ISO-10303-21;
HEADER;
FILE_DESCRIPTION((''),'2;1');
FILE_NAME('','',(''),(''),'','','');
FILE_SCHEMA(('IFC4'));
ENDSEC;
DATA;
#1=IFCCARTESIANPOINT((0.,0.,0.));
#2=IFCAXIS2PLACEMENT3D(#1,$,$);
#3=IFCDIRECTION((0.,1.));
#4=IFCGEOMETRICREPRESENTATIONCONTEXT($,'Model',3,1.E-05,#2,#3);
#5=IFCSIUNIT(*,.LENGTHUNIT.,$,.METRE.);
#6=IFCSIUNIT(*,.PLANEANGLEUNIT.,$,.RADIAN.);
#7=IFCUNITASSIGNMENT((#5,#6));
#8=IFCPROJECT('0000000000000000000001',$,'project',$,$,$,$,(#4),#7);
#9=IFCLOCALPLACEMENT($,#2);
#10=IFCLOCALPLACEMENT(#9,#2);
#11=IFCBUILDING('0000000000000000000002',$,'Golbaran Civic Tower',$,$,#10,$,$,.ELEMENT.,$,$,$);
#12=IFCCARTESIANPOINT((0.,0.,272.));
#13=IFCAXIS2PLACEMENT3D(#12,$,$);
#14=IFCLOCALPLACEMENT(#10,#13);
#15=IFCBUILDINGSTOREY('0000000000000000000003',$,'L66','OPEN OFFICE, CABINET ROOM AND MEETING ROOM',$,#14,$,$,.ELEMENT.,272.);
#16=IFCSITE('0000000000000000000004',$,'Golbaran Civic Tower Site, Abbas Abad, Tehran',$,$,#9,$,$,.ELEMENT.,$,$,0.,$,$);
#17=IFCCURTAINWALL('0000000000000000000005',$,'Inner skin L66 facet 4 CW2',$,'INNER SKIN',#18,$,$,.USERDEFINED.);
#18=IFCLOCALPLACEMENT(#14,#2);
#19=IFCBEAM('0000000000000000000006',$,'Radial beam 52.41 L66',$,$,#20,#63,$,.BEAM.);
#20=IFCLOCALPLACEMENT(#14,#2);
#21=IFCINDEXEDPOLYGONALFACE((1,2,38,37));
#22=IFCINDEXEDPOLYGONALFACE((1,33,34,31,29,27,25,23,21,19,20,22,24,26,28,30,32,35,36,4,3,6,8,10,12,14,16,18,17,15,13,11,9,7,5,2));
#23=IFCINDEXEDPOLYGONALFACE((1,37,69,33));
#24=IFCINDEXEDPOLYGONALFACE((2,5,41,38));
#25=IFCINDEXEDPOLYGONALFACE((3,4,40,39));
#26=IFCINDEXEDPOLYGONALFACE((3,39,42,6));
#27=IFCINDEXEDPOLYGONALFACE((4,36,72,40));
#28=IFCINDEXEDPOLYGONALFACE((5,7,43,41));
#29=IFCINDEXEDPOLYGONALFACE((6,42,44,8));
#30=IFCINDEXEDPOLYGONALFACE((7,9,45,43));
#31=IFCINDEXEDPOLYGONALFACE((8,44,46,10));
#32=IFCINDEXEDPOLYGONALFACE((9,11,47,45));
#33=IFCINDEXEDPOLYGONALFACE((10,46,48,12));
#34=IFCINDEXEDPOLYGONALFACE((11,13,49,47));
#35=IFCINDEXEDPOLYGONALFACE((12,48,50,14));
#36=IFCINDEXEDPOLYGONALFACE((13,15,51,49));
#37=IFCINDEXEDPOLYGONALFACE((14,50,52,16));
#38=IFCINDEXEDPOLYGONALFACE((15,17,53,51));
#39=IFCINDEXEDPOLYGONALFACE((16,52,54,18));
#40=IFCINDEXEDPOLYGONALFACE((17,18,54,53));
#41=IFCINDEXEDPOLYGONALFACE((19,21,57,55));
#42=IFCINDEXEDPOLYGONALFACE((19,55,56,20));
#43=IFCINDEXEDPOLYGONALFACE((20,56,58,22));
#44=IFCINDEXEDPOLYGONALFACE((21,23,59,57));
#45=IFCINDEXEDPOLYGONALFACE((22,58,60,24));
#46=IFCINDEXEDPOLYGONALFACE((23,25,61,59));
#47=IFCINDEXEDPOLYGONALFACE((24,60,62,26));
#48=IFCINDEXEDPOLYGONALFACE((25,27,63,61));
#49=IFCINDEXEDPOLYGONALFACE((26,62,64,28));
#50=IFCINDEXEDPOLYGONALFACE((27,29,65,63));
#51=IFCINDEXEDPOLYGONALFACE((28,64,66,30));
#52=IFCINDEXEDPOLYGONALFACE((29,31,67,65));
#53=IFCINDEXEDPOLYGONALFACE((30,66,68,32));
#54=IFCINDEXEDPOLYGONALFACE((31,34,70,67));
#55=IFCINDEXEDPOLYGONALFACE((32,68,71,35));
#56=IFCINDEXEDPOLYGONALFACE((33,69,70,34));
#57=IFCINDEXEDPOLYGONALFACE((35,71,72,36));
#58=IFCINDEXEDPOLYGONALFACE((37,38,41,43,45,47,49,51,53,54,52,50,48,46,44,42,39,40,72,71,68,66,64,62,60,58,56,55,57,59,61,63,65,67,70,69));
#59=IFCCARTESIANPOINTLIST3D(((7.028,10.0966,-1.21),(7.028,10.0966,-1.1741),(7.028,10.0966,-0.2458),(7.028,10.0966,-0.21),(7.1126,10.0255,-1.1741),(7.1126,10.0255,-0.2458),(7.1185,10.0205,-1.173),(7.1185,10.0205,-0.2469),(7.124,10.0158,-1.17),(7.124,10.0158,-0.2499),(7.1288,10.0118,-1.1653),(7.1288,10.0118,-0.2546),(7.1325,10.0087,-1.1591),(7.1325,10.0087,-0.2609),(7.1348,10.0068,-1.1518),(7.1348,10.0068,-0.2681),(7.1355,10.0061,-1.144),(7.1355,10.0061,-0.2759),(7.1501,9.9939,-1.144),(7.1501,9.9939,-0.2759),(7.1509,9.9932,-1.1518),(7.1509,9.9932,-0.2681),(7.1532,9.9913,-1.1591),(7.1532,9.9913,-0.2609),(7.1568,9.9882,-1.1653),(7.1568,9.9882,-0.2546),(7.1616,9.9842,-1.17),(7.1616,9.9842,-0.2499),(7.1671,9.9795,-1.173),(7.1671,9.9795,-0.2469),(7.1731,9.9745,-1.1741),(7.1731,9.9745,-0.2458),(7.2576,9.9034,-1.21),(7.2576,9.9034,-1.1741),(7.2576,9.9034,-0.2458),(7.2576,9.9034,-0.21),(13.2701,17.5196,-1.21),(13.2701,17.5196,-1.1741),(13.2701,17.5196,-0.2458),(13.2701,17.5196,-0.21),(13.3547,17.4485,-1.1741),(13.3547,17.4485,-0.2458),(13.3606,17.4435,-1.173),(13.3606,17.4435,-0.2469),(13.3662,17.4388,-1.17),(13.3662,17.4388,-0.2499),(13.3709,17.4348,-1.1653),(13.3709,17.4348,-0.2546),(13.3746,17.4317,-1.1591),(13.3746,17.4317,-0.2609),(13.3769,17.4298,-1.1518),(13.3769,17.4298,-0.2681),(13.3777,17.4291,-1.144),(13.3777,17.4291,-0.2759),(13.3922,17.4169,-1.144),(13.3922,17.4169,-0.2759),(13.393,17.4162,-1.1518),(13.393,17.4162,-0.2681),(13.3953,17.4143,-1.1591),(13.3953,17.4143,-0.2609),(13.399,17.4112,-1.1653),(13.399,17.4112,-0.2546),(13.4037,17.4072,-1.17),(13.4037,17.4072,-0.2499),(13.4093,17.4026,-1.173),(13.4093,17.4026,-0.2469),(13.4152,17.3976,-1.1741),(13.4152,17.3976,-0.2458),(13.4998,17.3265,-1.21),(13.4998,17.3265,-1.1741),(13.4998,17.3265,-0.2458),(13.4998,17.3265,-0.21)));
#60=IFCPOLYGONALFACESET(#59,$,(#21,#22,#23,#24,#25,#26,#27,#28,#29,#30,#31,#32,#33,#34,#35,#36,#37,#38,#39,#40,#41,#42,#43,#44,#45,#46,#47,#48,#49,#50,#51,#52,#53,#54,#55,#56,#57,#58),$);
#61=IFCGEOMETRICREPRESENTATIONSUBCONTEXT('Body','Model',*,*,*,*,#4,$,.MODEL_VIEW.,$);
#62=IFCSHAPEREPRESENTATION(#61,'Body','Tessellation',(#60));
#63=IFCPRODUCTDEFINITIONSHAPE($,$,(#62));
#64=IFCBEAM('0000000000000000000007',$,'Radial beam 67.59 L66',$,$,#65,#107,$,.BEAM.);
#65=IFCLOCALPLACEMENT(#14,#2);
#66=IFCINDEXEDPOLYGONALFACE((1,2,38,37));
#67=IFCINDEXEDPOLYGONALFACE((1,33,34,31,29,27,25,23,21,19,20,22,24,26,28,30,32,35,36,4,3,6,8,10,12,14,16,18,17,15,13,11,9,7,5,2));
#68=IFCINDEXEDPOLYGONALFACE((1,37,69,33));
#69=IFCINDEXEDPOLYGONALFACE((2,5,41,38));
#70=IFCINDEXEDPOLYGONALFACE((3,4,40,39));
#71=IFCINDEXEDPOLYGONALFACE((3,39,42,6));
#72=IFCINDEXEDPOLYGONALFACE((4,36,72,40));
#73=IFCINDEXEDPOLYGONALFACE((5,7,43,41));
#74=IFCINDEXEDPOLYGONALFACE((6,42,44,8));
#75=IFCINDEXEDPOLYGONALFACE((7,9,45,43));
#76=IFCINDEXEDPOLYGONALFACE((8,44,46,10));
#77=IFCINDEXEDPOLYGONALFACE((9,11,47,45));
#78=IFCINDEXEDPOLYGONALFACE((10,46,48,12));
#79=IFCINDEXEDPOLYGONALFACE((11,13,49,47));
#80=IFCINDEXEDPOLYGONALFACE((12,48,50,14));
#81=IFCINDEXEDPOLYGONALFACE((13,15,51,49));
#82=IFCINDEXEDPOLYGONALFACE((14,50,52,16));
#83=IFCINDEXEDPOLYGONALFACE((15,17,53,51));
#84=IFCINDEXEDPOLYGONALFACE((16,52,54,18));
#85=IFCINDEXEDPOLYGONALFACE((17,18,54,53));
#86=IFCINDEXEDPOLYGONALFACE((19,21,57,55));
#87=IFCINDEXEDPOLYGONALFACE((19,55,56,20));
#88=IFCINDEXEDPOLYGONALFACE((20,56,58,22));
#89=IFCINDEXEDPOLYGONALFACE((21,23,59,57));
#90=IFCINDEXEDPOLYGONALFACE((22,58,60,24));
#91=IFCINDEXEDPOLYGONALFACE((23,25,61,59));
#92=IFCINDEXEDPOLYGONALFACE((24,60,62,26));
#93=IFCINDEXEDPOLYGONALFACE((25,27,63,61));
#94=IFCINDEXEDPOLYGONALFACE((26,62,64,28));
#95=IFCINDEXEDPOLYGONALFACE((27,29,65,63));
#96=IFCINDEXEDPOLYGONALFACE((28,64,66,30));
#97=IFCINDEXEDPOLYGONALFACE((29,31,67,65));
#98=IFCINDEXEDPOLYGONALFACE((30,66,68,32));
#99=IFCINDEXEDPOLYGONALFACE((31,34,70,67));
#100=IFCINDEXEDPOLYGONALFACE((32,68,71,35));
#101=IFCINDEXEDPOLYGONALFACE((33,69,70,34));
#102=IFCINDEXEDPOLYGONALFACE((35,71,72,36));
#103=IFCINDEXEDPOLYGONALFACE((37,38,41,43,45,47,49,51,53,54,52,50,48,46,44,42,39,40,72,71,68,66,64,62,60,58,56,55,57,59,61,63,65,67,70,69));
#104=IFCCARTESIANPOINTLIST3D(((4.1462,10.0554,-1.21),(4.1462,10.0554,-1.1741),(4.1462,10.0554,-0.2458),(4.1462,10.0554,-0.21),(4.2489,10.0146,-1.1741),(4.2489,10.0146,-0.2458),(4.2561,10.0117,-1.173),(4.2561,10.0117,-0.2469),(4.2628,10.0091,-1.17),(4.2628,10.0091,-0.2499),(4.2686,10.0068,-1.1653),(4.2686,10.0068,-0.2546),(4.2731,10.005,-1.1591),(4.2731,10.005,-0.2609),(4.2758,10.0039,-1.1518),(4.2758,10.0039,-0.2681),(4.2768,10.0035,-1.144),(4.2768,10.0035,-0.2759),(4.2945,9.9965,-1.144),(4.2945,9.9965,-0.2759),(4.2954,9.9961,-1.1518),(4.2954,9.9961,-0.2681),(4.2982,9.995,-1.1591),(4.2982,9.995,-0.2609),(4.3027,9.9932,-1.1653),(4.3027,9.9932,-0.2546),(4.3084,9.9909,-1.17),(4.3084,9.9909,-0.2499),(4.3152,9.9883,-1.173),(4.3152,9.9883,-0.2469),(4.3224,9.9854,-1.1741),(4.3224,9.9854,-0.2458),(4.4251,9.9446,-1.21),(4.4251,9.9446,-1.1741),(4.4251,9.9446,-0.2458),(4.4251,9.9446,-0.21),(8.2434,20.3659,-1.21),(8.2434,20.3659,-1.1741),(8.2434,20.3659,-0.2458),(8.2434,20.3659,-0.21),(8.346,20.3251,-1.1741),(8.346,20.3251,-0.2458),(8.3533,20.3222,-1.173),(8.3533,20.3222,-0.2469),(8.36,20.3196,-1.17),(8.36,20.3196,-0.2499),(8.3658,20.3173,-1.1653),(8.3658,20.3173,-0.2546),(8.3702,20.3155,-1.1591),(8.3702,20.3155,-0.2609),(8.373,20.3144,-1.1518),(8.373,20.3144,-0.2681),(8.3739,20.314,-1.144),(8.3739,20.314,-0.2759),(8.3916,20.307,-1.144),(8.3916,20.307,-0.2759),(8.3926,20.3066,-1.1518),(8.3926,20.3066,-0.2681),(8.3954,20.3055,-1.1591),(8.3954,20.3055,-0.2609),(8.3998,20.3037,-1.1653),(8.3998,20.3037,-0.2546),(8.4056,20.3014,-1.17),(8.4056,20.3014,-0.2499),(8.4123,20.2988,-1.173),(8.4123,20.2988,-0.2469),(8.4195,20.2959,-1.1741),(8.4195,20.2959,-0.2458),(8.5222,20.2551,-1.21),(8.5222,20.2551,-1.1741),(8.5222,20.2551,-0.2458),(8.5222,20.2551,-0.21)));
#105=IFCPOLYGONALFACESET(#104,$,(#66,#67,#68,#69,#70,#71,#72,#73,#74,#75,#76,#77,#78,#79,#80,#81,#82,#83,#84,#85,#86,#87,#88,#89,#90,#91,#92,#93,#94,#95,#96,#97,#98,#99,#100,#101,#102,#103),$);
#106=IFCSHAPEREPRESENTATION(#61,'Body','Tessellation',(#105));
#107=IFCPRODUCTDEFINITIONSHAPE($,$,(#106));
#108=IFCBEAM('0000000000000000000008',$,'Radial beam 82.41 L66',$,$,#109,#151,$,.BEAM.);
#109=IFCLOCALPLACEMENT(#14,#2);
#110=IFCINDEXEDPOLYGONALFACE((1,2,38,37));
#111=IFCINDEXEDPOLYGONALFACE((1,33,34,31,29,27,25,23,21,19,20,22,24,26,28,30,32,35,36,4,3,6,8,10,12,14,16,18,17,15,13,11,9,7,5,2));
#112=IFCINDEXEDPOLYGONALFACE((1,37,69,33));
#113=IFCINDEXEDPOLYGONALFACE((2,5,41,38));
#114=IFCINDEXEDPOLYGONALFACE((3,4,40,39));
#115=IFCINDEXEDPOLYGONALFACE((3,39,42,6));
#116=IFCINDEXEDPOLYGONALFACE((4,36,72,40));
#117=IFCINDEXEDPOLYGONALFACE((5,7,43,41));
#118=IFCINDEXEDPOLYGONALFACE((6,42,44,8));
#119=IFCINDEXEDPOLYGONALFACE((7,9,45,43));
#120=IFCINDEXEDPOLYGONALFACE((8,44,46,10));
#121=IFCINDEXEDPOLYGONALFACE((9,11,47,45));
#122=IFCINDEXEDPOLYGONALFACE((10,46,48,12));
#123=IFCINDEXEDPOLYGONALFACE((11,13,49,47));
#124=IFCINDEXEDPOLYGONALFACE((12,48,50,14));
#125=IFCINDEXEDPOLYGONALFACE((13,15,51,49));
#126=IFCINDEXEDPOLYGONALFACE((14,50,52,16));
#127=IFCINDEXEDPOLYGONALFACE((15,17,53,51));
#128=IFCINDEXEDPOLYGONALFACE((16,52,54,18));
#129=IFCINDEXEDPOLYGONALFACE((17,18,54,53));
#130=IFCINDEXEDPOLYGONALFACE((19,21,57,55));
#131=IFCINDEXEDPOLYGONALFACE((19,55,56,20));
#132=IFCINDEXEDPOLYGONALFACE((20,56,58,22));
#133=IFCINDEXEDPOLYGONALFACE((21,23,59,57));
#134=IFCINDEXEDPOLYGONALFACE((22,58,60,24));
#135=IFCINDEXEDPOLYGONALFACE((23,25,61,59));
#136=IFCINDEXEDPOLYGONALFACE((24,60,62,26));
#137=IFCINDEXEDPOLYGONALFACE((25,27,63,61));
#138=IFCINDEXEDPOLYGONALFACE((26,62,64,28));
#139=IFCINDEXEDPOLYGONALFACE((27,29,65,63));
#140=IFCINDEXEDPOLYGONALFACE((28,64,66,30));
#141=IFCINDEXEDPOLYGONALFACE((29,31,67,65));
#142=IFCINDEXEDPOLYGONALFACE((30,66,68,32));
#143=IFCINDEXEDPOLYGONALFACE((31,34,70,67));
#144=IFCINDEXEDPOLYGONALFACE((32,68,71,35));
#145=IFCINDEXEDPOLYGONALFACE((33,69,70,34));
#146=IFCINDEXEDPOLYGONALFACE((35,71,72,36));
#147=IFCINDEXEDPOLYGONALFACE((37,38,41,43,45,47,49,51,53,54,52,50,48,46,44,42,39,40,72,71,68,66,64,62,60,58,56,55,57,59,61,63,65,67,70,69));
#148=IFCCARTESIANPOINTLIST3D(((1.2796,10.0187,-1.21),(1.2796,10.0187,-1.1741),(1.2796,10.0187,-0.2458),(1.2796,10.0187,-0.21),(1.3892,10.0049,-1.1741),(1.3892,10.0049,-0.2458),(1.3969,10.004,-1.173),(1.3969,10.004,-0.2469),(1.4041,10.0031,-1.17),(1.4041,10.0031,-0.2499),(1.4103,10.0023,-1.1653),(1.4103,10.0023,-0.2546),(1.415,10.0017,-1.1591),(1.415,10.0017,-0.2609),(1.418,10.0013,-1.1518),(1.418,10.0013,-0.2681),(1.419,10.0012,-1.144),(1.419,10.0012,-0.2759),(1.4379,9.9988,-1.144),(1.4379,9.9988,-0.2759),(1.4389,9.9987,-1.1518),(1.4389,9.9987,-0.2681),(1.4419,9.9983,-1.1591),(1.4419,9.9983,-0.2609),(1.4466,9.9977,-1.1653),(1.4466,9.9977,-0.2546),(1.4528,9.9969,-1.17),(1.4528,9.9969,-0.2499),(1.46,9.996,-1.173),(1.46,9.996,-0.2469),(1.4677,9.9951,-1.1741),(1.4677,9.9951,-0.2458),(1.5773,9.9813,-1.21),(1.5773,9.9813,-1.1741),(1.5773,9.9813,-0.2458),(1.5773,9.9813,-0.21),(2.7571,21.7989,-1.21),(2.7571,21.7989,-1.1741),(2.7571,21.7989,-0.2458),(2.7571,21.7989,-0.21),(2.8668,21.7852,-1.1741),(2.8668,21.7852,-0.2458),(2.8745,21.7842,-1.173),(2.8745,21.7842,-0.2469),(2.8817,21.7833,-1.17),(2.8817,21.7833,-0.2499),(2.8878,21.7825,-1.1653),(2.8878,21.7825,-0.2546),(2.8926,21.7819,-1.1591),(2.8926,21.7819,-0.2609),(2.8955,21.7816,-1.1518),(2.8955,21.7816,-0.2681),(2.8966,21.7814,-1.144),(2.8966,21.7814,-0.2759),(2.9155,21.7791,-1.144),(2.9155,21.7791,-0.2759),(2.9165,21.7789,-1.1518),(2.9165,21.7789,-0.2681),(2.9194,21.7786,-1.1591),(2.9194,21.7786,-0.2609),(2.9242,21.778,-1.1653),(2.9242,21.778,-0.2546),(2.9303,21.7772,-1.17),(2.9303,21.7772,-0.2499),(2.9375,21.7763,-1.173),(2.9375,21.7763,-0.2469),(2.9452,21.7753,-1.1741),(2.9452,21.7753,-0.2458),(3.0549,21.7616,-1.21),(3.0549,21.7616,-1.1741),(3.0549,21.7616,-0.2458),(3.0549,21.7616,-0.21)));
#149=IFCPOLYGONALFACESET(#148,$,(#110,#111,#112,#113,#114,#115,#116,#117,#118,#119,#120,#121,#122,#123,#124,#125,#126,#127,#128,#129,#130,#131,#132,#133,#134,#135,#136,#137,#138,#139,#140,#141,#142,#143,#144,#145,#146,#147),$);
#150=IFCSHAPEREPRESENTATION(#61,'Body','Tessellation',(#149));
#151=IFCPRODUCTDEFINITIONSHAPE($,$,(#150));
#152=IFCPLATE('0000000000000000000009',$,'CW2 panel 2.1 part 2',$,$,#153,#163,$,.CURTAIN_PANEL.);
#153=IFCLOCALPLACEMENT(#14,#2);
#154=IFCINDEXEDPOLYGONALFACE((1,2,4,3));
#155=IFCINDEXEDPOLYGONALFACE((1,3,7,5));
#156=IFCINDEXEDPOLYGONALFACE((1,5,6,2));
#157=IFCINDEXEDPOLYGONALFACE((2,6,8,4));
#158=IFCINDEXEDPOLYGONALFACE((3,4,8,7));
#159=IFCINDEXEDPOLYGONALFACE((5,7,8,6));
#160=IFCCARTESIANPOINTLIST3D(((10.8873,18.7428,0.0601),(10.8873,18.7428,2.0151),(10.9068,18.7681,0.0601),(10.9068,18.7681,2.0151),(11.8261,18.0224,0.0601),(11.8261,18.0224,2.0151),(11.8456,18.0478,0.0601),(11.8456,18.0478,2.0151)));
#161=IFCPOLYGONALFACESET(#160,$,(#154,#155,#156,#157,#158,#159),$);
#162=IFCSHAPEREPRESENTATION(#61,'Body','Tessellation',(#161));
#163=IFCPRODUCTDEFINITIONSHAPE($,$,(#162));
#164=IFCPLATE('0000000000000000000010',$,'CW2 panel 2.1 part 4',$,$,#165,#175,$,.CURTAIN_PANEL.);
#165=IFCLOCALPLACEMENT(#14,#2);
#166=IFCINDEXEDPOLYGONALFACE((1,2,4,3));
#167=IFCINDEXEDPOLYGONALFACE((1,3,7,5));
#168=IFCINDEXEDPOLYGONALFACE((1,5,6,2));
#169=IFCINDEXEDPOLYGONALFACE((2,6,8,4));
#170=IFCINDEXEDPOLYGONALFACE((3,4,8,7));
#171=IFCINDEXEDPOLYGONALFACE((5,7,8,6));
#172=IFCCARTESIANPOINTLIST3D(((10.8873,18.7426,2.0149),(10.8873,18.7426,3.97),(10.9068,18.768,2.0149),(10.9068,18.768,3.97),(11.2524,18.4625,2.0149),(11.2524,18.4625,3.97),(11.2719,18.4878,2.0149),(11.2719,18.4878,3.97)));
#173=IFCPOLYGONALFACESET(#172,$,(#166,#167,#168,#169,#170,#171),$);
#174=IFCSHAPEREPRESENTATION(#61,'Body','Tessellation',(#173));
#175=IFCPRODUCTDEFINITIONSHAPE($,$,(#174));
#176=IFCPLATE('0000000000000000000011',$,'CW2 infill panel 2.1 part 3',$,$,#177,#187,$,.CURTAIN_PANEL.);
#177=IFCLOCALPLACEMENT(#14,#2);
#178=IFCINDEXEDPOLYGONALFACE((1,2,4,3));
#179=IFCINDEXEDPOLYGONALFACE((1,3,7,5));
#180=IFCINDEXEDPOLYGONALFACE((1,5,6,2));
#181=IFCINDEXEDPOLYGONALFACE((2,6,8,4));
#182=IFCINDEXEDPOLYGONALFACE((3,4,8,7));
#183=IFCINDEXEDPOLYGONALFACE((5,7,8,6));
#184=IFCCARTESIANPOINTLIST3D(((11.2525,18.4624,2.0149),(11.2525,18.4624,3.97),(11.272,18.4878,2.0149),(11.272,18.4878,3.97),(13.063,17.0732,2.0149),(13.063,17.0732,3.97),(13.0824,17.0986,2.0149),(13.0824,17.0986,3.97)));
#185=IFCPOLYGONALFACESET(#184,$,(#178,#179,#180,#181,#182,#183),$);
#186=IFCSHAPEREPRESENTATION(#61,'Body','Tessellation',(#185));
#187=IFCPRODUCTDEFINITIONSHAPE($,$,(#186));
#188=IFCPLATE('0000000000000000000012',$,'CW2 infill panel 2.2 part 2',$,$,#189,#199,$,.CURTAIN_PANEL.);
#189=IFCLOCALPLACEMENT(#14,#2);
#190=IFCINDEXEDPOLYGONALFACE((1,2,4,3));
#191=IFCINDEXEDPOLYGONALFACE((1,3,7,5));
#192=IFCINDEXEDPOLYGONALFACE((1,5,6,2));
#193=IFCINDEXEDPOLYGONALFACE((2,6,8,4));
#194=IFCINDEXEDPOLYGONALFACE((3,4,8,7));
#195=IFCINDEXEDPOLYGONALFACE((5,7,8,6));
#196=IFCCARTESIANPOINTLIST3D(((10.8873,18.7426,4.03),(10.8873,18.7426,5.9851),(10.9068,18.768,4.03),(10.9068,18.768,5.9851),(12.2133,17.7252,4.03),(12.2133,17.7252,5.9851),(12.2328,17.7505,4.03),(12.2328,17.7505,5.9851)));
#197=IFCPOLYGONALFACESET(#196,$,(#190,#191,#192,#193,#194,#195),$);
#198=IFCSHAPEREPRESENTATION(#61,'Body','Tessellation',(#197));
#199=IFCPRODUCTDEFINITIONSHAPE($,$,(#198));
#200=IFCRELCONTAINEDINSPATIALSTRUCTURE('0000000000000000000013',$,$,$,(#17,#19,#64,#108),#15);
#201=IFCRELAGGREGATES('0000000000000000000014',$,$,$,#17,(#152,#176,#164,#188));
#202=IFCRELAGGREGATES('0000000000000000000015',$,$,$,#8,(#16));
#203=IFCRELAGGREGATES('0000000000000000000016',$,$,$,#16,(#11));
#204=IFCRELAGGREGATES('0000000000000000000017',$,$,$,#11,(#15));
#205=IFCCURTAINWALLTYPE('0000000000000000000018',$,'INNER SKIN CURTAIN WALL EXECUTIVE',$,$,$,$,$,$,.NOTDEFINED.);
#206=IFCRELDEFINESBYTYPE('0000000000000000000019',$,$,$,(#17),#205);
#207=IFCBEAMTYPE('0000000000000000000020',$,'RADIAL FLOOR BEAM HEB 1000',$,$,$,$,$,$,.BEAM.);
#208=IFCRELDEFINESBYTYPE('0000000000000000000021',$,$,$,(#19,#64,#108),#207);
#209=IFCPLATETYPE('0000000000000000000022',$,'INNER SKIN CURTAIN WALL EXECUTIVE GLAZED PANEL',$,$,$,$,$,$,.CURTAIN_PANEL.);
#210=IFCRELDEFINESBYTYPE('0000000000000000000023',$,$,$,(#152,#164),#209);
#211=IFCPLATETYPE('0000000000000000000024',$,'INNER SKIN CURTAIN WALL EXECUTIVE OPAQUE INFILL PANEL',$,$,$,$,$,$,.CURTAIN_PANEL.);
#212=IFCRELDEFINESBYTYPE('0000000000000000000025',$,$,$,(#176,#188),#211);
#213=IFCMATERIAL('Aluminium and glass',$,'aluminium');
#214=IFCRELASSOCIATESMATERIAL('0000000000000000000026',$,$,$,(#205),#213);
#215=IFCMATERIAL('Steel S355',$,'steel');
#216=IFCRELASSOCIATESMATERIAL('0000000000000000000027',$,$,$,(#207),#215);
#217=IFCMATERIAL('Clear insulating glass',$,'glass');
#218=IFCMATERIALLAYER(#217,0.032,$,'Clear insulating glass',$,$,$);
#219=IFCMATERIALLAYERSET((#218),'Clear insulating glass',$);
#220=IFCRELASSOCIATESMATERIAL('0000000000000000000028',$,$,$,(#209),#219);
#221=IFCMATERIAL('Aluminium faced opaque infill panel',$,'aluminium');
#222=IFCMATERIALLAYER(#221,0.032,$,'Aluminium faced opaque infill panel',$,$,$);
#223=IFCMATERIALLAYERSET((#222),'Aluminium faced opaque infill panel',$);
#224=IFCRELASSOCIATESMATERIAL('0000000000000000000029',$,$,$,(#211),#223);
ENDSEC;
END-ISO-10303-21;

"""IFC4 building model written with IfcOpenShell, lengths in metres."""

from ifc_helpers import new_model, si_unit, direction, frame, origin, origin_2d, place, context, subcontext, project, spatial, rectangle, i_section, extrude, material, layer, layer_set, material_profile, profile_set, type_object, element, aggregate, save


model = new_model("IFC4")

# Units and contexts
model_context = context("Model", 3, precision=1e-05, world=origin(), true_north=direction((0.0, 1.0)))
body_context = subcontext(model_context, "Body", "Model", "MODEL_VIEW")
ifc_project = project(units=[si_unit("LENGTHUNIT", "METRE"), si_unit("PLANEANGLEUNIT", "RADIAN")], contexts=[model_context])

# Site, building, storey
site_placement = place(None, origin())
site = spatial("IfcSite", under=ifc_project, at=site_placement, Name="Golbaran Civic Tower Site, Abbas Abad, Tehran", CompositionType="ELEMENT", RefElevation=0.0)
building_placement = place(site_placement, origin())
building = spatial("IfcBuilding", under=site, at=building_placement, Name="Golbaran Civic Tower", CompositionType="ELEMENT")
storey_placement = place(building_placement, frame((0.0, 0.0, 272.0)))
storey = spatial("IfcBuildingStorey", under=building, at=storey_placement, Name="L66", Description="OPEN OFFICE, CABINET ROOM AND MEETING ROOM", CompositionType="ELEMENT", Elevation=272.0)

# Shared definitions
ifc_material_1 = material(Name="Steel S355", Category="steel")

# Curtain wall
ifc_material_2 = material(Name="Aluminium and glass", Category="aluminium")
curtain_wall_type = type_object("IfcCurtainWallType", Name="INNER SKIN CURTAIN WALL EXECUTIVE", PredefinedType="NOTDEFINED", material=ifc_material_2)
curtain_wall_1_placement = place(storey_placement, origin())
curtain_wall_1 = element("IfcCurtainWall", 1, at=curtain_wall_1_placement, inside=storey, type_object=curtain_wall_type, Name="Inner skin L66 facet 4 CW2", ObjectType="INNER SKIN", PredefinedType="USERDEFINED")

# Beams
ifc_material_profile_1 = material_profile(ifc_material_1, i_section(OverallWidth=0.3, OverallDepth=1.0, WebThickness=0.019, FlangeThickness=0.0359, FilletRadius=0.03, at=origin_2d()), Name="HEB 1000")
ifc_profile_set_1 = profile_set([ifc_material_profile_1], Name="Steel S355")
beam_type_1 = type_object("IfcBeamType", Name="RADIAL FLOOR BEAM HEB 1000", PredefinedType="BEAM", material=ifc_profile_set_1)
beam_1_placement = place(storey_placement, frame((7.1428, 10.0, -0.71), z_axis=(0.643602, 0.76536, 0.0), x_axis=(-0.76536, 0.643602, 0.0)))
element("IfcBeam", 2, at=beam_1_placement, inside=storey, type_object=beam_type_1, Name="Radial beam 52.41 L66", PredefinedType="BEAM", context=body_context, shape_type="SweptSolid", body=[
    extrude(i_section(OverallWidth=0.3, OverallDepth=1.0, WebThickness=0.019, FlangeThickness=0.0359, FilletRadius=0.03, at=origin_2d()), origin(), (0.0, 0.0, 1.0), 9.6987),
])
beam_2_placement = place(storey_placement, frame((4.2856, 10.0, -0.71), z_axis=(0.369288, 0.929315, 0.0), x_axis=(-0.929315, 0.369288, 0.0)))
element("IfcBeam", 3, at=beam_2_placement, inside=storey, type_object=beam_type_1, Name="Radial beam 67.59 L66", PredefinedType="BEAM", context=body_context, shape_type="SweptSolid", body=[
    extrude(i_section(OverallWidth=0.3, OverallDepth=1.0, WebThickness=0.019, FlangeThickness=0.0359, FilletRadius=0.03, at=origin_2d()), origin(), (0.0, 0.0, 1.0), 11.0947),
])
beam_3_placement = place(storey_placement, frame((1.4285, 10.0, -0.71), z_axis=(0.12445, 0.992226, 0.0), x_axis=(-0.992226, 0.12445, 0.0)))
element("IfcBeam", 4, at=beam_3_placement, inside=storey, type_object=beam_type_1, Name="Radial beam 82.41 L66", PredefinedType="BEAM", context=body_context, shape_type="SweptSolid", body=[
    extrude(i_section(OverallWidth=0.3, OverallDepth=1.0, WebThickness=0.019, FlangeThickness=0.0359, FilletRadius=0.03, at=origin_2d()), origin(), (0.0, 0.0, 1.0), 11.8726),
])

# Plates
ifc_material_3 = material(Name="Clear insulating glass", Category="glass")
ifc_layer_1 = layer(ifc_material_3, 0.032, Name="Clear insulating glass")
ifc_layer_set_1 = layer_set([ifc_layer_1], Name="Clear insulating glass")
plate_type_1 = type_object("IfcPlateType", Name="INNER SKIN CURTAIN WALL EXECUTIVE GLAZED PANEL", PredefinedType="CURTAIN_PANEL", material=ifc_layer_set_1)
plate_1_placement = place(storey_placement, frame((11.3665, 18.3953, 0.0601), z_axis=(0.0, 0.0, 1.0), x_axis=(-0.793353, 0.608761, 0.0)))
plate_1 = element("IfcPlate", 5, at=plate_1_placement, type_object=plate_type_1, Name="CW2 panel 2.1 part 2", PredefinedType="CURTAIN_PANEL", context=body_context, shape_type="SweptSolid", body=[
    extrude(rectangle(XDim=1.1833, YDim=0.032, at=origin_2d()), origin(), (0.0, 0.0, 1.0), 1.9551),
])
plate_2_placement = place(storey_placement, frame((11.0796, 18.6152, 2.0149), z_axis=(0.0, 0.0, 1.0), x_axis=(-0.793353, 0.608761, 0.0)))
plate_2 = element("IfcPlate", 6, at=plate_2_placement, type_object=plate_type_1, Name="CW2 panel 2.1 part 4", PredefinedType="CURTAIN_PANEL", context=body_context, shape_type="SweptSolid", body=[
    extrude(rectangle(XDim=0.4602, YDim=0.032, at=origin_2d()), origin(), (0.0, 0.0, 1.0), 1.9551),
])
ifc_material_4 = material(Name="Aluminium faced opaque infill panel", Category="aluminium")
ifc_layer_2 = layer(ifc_material_4, 0.032, Name="Aluminium faced opaque infill panel")
ifc_layer_set_2 = layer_set([ifc_layer_2], Name="Aluminium faced opaque infill panel")
plate_type_2 = type_object("IfcPlateType", Name="INNER SKIN CURTAIN WALL EXECUTIVE OPAQUE INFILL PANEL", PredefinedType="CURTAIN_PANEL", material=ifc_layer_set_2)
plate_3_placement = place(storey_placement, frame((12.1675, 17.7805, 2.0149), z_axis=(0.0, 0.0, 1.0), x_axis=(-0.793353, 0.608761, 0.0)))
plate_3 = element("IfcPlate", 7, at=plate_3_placement, type_object=plate_type_2, Name="CW2 infill panel 2.1 part 3", PredefinedType="CURTAIN_PANEL", context=body_context, shape_type="SweptSolid", body=[
    extrude(rectangle(XDim=2.282, YDim=0.032, at=origin_2d()), origin(), (0.0, 0.0, 1.0), 1.9551),
])
plate_4_placement = place(storey_placement, frame((11.5601, 18.2466, 4.03), z_axis=(0.0, 0.0, 1.0), x_axis=(-0.793353, 0.608761, 0.0)))
plate_4 = element("IfcPlate", 8, at=plate_4_placement, type_object=plate_type_2, Name="CW2 infill panel 2.2 part 2", PredefinedType="CURTAIN_PANEL", context=body_context, shape_type="SweptSolid", body=[
    extrude(rectangle(XDim=1.6714, YDim=0.032, at=origin_2d()), origin(), (0.0, 0.0, 1.0), 1.9551),
])
aggregate(curtain_wall_1, [plate_1, plate_3, plate_2, plate_4])

save(model, "model.ifc")
